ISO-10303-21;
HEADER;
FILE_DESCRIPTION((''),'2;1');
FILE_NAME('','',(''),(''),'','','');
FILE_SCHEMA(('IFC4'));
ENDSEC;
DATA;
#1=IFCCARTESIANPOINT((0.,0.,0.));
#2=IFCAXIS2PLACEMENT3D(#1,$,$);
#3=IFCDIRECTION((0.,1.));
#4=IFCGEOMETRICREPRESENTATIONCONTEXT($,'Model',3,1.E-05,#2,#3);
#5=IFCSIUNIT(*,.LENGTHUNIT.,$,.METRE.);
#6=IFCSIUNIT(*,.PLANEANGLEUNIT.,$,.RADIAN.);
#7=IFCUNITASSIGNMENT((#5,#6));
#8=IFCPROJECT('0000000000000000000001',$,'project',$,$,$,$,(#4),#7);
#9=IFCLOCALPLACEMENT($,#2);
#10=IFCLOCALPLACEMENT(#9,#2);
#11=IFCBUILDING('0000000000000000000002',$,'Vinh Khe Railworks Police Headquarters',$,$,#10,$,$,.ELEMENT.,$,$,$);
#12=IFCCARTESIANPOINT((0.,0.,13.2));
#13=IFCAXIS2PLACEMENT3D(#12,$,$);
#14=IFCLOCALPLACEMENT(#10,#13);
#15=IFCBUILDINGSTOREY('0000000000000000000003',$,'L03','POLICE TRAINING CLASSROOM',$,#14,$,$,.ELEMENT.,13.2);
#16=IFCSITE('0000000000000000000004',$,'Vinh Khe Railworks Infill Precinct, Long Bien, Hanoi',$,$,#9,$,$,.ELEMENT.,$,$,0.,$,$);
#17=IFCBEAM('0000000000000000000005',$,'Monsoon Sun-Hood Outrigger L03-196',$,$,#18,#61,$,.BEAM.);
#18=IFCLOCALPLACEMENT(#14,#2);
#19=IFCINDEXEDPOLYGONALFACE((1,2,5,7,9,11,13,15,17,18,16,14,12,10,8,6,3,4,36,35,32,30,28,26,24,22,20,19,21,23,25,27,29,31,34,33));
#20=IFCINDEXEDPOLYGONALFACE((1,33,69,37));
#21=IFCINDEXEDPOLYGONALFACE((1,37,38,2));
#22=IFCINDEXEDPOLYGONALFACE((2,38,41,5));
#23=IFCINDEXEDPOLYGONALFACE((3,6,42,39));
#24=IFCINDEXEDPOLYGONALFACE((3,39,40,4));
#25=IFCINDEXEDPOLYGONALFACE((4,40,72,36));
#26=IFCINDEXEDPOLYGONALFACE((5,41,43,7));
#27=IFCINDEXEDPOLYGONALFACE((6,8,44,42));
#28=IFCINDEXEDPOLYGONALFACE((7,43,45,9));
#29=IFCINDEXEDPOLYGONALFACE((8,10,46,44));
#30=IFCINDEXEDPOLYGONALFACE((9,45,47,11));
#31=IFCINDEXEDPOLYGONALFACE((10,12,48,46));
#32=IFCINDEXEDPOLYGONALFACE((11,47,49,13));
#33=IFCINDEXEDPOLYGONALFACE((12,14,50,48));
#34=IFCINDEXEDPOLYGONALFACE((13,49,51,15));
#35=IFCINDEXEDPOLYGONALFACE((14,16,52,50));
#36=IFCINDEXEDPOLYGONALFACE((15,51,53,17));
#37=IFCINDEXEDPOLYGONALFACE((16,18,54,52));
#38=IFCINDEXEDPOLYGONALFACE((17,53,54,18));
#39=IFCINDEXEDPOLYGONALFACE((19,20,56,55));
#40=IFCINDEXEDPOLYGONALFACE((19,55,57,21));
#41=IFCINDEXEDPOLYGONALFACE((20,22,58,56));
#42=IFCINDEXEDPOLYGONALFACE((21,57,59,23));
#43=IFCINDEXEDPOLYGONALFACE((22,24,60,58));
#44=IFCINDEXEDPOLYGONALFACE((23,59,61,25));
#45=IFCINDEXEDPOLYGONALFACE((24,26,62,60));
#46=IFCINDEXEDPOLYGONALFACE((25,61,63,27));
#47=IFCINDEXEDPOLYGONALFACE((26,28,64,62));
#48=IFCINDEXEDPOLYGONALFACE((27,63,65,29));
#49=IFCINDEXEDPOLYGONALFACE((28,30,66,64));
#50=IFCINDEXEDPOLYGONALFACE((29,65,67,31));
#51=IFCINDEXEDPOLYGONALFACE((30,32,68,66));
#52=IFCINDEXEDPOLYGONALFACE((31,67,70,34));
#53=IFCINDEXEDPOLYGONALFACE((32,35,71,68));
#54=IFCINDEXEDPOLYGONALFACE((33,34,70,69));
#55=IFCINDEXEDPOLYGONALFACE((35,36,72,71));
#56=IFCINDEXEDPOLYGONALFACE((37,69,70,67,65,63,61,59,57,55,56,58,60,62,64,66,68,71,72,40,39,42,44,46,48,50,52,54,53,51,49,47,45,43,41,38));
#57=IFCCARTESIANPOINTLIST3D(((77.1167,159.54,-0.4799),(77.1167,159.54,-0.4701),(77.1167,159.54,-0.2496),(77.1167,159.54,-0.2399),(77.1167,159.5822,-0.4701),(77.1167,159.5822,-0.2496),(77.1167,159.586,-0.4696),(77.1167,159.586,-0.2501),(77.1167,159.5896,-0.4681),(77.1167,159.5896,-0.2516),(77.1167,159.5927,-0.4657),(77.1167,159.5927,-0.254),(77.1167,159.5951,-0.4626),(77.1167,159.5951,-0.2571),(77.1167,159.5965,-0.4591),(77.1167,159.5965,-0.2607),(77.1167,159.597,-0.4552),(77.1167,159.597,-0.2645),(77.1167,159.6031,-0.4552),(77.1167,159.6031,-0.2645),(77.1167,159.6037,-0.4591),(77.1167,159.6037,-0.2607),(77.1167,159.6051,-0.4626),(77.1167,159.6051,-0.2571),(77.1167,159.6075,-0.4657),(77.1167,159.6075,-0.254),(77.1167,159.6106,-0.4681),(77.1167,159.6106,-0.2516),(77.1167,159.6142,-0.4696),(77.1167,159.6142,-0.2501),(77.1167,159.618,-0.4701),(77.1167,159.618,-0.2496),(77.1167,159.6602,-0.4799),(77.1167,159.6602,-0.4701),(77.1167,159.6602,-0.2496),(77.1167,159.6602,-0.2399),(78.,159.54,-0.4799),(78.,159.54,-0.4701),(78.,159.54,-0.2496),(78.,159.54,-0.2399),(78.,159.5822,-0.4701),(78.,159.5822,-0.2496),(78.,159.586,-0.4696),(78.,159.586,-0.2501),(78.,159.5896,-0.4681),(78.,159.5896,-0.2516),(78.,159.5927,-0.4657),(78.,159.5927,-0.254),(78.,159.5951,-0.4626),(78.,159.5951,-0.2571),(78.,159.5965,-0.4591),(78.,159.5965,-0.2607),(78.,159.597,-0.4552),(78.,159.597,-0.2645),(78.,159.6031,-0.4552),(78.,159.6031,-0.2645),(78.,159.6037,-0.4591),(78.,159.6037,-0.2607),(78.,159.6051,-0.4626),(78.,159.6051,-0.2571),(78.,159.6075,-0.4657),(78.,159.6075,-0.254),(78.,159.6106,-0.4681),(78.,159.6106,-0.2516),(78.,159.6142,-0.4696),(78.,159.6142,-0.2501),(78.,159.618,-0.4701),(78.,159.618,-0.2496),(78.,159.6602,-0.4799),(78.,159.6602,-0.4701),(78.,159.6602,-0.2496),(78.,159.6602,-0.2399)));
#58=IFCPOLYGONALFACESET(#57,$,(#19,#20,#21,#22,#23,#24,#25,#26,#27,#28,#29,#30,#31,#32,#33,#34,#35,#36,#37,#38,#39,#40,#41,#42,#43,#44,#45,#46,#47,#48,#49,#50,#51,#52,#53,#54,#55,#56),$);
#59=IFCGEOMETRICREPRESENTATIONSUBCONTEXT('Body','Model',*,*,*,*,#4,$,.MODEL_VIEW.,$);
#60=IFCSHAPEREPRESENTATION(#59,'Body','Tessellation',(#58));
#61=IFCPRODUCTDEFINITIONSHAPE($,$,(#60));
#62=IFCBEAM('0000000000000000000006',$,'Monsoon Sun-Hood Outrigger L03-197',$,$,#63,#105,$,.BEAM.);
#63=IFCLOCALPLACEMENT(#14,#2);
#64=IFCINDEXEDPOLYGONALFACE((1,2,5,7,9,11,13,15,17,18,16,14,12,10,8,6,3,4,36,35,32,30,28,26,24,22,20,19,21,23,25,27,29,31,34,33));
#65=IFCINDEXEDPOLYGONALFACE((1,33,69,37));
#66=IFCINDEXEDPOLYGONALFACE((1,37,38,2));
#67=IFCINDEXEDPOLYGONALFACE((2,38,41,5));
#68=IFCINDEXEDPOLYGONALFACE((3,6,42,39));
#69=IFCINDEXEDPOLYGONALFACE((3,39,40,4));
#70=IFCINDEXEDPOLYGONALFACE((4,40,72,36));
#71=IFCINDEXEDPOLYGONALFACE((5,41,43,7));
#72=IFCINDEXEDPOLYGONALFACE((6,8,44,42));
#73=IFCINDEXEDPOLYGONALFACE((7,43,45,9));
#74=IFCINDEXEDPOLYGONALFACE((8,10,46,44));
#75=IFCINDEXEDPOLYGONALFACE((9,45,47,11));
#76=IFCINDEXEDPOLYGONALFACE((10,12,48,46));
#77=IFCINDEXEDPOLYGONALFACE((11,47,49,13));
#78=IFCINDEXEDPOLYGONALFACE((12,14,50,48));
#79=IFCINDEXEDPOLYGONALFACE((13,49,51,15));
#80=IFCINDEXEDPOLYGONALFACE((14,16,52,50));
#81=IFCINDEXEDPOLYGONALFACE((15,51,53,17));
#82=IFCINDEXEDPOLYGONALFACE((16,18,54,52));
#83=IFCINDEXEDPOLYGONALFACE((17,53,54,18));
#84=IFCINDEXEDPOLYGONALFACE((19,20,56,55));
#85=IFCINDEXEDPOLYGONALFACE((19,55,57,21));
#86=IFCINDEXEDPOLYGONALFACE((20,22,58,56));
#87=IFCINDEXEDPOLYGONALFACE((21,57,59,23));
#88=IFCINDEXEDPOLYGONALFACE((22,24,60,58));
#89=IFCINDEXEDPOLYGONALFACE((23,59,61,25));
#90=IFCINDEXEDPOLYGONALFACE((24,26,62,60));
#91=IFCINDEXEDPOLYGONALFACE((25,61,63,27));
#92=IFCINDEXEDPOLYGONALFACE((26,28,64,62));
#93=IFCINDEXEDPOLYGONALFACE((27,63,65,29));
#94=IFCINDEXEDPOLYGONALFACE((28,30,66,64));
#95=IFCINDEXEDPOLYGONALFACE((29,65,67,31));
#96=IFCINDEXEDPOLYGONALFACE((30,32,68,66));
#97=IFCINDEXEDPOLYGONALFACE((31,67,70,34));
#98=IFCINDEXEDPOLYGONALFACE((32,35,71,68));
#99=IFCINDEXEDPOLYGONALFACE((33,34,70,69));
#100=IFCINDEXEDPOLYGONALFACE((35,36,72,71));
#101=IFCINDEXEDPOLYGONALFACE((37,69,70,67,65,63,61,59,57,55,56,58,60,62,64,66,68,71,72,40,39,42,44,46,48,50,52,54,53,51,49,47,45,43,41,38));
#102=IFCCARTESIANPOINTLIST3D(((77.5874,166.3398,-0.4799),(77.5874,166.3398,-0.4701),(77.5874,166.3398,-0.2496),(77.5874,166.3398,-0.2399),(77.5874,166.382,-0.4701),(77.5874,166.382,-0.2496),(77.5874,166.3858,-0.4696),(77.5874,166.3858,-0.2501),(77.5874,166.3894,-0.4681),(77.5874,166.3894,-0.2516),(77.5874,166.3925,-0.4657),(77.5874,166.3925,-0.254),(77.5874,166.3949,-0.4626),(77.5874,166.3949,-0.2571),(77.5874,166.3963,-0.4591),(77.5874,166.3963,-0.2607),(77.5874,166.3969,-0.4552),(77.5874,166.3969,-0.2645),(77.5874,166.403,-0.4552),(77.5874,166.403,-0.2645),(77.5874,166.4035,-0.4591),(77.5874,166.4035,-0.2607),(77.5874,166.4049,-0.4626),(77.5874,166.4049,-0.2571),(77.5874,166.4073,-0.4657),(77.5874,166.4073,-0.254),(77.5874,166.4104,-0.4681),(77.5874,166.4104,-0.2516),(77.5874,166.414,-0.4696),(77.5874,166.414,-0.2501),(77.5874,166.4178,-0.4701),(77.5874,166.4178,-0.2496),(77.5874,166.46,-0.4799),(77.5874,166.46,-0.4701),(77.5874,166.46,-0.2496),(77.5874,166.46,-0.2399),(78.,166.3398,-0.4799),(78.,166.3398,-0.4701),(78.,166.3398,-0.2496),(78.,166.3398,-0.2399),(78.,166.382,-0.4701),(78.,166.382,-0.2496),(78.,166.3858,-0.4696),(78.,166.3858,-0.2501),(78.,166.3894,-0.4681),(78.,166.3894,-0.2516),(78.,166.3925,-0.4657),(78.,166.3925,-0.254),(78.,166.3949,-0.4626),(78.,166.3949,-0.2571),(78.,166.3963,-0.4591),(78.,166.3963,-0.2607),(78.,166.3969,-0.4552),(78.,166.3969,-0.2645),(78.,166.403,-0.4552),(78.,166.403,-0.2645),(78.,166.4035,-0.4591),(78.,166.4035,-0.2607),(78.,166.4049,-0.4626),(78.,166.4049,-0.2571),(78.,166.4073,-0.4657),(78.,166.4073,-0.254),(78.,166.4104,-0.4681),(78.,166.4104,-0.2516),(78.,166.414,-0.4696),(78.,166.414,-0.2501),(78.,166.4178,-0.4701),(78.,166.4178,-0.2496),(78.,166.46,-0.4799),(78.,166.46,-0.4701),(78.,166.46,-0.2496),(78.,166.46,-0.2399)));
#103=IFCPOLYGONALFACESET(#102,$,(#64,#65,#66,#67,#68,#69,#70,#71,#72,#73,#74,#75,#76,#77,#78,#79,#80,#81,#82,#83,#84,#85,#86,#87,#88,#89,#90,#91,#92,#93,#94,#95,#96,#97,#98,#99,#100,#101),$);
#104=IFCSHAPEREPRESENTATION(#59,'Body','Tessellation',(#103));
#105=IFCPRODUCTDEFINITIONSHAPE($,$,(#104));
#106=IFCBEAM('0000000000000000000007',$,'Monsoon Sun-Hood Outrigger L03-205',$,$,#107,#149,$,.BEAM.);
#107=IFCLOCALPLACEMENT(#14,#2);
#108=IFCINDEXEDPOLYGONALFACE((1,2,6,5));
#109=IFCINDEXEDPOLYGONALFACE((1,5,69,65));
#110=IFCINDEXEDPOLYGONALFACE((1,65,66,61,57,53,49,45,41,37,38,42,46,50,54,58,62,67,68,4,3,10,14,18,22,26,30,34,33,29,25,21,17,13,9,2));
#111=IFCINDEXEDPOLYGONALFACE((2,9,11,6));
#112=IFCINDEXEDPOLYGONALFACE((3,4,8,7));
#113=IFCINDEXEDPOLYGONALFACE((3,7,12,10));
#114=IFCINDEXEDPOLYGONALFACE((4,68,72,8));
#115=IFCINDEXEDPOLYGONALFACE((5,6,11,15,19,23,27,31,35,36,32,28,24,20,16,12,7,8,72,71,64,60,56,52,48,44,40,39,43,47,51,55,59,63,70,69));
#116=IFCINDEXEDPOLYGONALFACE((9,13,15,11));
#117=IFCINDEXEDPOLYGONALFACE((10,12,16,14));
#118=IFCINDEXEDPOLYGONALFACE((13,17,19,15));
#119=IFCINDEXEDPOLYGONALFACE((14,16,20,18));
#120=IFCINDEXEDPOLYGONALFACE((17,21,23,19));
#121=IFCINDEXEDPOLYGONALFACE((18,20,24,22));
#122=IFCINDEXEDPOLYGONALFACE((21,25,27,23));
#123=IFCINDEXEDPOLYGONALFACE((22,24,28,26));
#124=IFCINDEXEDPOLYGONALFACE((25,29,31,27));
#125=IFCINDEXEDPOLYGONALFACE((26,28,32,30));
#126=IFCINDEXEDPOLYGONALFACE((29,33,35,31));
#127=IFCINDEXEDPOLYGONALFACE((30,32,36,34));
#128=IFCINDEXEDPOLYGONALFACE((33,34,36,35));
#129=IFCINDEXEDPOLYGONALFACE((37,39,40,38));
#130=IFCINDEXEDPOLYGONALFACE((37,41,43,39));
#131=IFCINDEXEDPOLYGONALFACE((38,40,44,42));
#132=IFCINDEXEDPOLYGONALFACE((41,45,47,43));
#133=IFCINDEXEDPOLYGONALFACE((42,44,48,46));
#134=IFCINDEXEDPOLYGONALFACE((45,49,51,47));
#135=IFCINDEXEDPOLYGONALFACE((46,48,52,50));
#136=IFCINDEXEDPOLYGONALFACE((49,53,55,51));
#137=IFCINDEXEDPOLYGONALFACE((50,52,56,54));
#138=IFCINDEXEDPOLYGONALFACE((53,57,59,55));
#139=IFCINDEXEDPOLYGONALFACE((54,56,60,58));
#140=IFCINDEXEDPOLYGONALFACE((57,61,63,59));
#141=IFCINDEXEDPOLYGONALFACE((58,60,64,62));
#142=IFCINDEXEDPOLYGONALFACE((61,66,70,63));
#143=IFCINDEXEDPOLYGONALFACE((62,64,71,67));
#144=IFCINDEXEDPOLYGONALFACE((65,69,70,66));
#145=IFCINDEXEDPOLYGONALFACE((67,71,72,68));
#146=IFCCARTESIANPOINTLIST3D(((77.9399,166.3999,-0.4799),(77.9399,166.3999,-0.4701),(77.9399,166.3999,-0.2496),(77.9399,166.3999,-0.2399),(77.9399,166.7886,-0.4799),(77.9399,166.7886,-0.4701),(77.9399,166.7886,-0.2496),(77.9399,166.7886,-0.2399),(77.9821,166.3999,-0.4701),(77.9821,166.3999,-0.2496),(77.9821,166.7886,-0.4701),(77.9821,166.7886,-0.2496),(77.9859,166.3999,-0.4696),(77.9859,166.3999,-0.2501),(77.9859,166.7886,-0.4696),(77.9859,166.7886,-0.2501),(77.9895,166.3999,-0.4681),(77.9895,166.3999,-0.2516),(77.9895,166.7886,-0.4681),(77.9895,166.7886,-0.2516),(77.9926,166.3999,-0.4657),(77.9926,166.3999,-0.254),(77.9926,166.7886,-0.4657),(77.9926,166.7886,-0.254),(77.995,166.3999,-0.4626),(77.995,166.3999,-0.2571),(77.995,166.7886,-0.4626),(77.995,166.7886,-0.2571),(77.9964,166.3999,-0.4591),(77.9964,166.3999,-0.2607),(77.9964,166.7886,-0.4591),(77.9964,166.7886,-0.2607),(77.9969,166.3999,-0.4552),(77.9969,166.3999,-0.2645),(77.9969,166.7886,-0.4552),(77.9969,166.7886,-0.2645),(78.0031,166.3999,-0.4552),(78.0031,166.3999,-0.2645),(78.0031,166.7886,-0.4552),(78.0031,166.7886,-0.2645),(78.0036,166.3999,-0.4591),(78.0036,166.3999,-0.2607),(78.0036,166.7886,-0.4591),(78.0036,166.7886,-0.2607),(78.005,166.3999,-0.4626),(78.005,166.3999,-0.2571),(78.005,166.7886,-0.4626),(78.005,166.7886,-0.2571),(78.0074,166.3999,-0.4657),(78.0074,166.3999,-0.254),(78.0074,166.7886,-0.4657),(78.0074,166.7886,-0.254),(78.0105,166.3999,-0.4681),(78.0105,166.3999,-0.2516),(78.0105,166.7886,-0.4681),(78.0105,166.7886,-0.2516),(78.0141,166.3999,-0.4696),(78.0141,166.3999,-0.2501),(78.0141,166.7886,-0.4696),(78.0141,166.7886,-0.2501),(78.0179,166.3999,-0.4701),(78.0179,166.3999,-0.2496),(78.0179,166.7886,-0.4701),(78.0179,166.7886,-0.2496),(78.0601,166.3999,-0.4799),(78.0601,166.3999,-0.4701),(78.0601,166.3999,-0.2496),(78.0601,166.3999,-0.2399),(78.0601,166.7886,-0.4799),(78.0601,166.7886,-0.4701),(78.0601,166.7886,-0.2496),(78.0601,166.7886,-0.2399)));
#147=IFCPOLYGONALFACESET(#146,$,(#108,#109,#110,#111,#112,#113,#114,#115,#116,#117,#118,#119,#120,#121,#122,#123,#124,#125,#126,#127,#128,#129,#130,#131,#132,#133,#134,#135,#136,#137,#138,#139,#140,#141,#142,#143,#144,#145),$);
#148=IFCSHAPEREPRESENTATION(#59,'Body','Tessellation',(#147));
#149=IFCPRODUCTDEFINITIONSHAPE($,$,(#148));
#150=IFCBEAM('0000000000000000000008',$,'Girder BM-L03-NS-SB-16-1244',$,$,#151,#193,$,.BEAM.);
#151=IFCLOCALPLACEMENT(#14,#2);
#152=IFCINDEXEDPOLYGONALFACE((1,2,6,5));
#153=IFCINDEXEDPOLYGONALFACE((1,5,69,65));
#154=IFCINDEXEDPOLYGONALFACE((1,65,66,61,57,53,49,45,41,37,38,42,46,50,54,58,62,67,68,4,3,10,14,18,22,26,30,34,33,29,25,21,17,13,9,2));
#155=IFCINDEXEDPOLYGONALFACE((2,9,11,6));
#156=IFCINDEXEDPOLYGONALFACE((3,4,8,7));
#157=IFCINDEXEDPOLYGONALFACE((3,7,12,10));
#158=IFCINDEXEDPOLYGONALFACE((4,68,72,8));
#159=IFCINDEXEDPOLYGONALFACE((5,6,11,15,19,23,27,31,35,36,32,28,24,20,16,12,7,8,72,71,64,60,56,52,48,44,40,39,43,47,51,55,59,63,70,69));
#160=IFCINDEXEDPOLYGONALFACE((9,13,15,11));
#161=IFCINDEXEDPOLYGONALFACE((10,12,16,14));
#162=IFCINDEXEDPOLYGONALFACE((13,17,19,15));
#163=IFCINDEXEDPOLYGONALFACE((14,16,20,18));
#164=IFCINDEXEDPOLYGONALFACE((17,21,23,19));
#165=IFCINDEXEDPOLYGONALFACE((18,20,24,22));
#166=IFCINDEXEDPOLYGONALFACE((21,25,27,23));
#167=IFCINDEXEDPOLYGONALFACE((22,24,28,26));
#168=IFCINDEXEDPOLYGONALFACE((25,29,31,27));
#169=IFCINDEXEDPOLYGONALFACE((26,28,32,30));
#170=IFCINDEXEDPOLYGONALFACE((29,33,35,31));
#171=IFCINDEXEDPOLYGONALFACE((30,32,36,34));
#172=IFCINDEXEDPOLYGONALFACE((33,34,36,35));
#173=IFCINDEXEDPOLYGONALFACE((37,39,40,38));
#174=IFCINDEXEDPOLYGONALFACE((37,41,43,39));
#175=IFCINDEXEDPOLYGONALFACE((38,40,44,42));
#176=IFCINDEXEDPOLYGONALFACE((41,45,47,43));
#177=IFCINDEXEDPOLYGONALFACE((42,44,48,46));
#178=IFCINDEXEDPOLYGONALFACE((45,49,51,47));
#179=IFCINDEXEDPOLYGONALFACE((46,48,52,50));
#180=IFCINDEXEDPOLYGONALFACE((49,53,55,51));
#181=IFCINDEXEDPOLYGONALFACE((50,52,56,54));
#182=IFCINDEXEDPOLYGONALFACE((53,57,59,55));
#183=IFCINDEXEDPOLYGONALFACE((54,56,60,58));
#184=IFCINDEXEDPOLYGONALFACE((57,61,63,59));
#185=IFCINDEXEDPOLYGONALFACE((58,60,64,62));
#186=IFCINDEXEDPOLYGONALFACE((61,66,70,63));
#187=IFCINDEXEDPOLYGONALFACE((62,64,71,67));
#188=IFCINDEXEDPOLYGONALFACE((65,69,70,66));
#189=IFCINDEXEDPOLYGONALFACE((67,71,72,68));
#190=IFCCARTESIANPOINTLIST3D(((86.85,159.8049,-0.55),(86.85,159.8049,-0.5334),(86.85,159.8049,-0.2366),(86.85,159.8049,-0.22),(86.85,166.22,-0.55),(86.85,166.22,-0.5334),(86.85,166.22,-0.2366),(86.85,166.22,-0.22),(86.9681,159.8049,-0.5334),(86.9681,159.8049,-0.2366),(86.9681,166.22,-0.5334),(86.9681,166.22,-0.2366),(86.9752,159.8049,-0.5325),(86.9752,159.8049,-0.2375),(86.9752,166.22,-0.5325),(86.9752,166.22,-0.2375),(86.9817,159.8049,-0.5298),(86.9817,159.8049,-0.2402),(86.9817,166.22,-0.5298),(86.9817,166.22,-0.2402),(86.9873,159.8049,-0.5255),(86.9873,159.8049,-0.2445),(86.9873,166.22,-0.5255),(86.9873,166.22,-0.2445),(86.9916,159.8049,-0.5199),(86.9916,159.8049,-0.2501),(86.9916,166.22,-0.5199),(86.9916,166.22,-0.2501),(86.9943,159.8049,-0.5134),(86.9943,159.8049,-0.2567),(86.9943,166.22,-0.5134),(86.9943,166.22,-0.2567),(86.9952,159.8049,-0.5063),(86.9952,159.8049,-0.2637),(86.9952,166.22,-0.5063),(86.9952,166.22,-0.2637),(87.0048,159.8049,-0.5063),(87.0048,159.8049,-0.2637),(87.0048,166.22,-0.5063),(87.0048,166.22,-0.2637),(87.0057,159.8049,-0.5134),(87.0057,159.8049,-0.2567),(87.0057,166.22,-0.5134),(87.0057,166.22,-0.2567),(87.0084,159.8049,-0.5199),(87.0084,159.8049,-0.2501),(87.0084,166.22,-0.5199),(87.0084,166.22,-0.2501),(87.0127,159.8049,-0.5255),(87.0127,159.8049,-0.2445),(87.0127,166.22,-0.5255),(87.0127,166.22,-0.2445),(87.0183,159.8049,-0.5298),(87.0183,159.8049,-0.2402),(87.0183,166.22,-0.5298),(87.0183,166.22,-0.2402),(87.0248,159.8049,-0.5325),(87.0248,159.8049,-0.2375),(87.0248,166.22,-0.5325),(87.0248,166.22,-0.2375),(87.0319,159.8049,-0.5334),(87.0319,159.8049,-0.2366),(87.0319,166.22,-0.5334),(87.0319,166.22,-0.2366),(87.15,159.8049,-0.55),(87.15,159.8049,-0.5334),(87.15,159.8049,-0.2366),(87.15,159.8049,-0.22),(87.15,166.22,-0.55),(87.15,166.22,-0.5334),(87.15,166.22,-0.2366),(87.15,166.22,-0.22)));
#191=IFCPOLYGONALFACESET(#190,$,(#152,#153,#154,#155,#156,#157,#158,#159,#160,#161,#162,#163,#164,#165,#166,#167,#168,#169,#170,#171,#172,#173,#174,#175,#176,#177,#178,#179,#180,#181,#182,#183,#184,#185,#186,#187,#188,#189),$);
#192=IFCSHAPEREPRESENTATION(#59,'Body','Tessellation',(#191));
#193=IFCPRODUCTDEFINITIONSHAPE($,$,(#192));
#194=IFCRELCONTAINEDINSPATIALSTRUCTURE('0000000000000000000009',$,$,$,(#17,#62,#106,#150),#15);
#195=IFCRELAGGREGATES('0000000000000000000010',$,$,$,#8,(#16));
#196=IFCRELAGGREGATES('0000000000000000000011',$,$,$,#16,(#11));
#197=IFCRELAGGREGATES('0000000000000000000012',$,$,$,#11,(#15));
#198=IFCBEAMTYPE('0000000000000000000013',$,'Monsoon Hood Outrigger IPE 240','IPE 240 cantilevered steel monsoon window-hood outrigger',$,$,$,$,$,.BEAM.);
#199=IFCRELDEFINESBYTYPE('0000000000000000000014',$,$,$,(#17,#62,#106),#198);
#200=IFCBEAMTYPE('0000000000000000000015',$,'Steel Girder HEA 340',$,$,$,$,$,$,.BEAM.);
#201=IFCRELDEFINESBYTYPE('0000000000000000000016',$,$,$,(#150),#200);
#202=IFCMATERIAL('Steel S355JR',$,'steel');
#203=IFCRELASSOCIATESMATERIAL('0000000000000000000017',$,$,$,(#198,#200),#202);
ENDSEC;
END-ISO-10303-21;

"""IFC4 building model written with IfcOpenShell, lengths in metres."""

from ifc_helpers import new_model, si_unit, direction, frame, origin, origin_2d, place, context, subcontext, project, spatial, i_section, extrude, material, material_profile, profile_set, type_object, element, save


model = new_model("IFC4")

# Units and contexts
model_context = context("Model", 3, precision=1e-05, world=origin(), true_north=direction((0.0, 1.0)))
body_context = subcontext(model_context, "Body", "Model", "MODEL_VIEW")
ifc_project = project(units=[si_unit("LENGTHUNIT", "METRE"), si_unit("PLANEANGLEUNIT", "RADIAN")], contexts=[model_context])

# Site, building, storey
site_placement = place(None, origin())
site = spatial("IfcSite", under=ifc_project, at=site_placement, Name="Vinh Khe Railworks Infill Precinct, Long Bien, Hanoi", CompositionType="ELEMENT", RefElevation=0.0)
building_placement = place(site_placement, origin())
building = spatial("IfcBuilding", under=site, at=building_placement, Name="Vinh Khe Railworks Police Headquarters", CompositionType="ELEMENT")
storey_placement = place(building_placement, frame((0.0, 0.0, 13.2)))
storey = spatial("IfcBuildingStorey", under=building, at=storey_placement, Name="L03", Description="POLICE TRAINING CLASSROOM", CompositionType="ELEMENT", Elevation=13.2)

# Shared definitions
ifc_material_1 = material(Name="Steel S355JR", Category="steel")

# Beams
ifc_material_profile_1 = material_profile(ifc_material_1, i_section(OverallWidth=0.1201, OverallDepth=0.24, WebThickness=0.0061, FlangeThickness=0.0098, FilletRadius=0.0149, at=origin_2d()), Name="IPE 240")
ifc_profile_set_1 = profile_set([ifc_material_profile_1], Name="Steel S355JR")
beam_type_1 = type_object("IfcBeamType", Name="Monsoon Hood Outrigger IPE 240", Description="IPE 240 cantilevered steel monsoon window-hood outrigger", PredefinedType="BEAM", material=ifc_profile_set_1)
beam_1_placement = place(storey_placement, frame((77.1167, 159.6001, -0.3599), z_axis=(1.0, 0.0, 0.0), x_axis=(0.0, 1.0, 0.0)))
element("IfcBeam", 1, at=beam_1_placement, inside=storey, type_object=beam_type_1, Name="Monsoon Sun-Hood Outrigger L03-196", PredefinedType="BEAM", context=body_context, shape_type="SweptSolid", body=[
    extrude(i_section(OverallWidth=0.1201, OverallDepth=0.24, WebThickness=0.0061, FlangeThickness=0.0098, FilletRadius=0.0149, at=origin_2d()), origin(), (0.0, 0.0, 1.0), 0.8833),
])
beam_2_placement = place(storey_placement, frame((77.5874, 166.3999, -0.3599), z_axis=(1.0, 0.0, 0.0), x_axis=(0.0, 1.0, 0.0)))
element("IfcBeam", 2, at=beam_2_placement, inside=storey, type_object=beam_type_1, Name="Monsoon Sun-Hood Outrigger L03-197", PredefinedType="BEAM", context=body_context, shape_type="SweptSolid", body=[
    extrude(i_section(OverallWidth=0.1201, OverallDepth=0.24, WebThickness=0.0061, FlangeThickness=0.0098, FilletRadius=0.0149, at=origin_2d()), origin(), (0.0, 0.0, 1.0), 0.4126),
])
beam_3_placement = place(storey_placement, frame((78.0, 166.3999, -0.3599), z_axis=(0.0, 1.0, 0.0), x_axis=(-1.0, 0.0, 0.0)))
element("IfcBeam", 3, at=beam_3_placement, inside=storey, type_object=beam_type_1, Name="Monsoon Sun-Hood Outrigger L03-205", PredefinedType="BEAM", context=body_context, shape_type="SweptSolid", body=[
    extrude(i_section(OverallWidth=0.1201, OverallDepth=0.24, WebThickness=0.0061, FlangeThickness=0.0098, FilletRadius=0.0149, at=origin_2d()), origin(), (0.0, 0.0, 1.0), 0.3887),
])
ifc_material_profile_2 = material_profile(ifc_material_1, i_section(OverallWidth=0.3, OverallDepth=0.3301, WebThickness=0.0095, FlangeThickness=0.0166, FilletRadius=0.0271, at=origin_2d()), Name="HEA 340")
ifc_profile_set_2 = profile_set([ifc_material_profile_2], Name="Steel S355JR")
beam_type_2 = type_object("IfcBeamType", Name="Steel Girder HEA 340", PredefinedType="BEAM", material=ifc_profile_set_2)
beam_4_placement = place(storey_placement, frame((87.0, 159.8049, -0.385), z_axis=(0.0, 1.0, 0.0), x_axis=(-1.0, 0.0, 0.0)))
element("IfcBeam", 4, at=beam_4_placement, inside=storey, type_object=beam_type_2, Name="Girder BM-L03-NS-SB-16-1244", PredefinedType="BEAM", context=body_context, shape_type="SweptSolid", body=[
    extrude(i_section(OverallWidth=0.3, OverallDepth=0.3301, WebThickness=0.0095, FlangeThickness=0.0166, FilletRadius=0.0271, at=origin_2d()), origin(), (0.0, 0.0, 1.0), 6.415),
])

save(model, "model.ifc")
